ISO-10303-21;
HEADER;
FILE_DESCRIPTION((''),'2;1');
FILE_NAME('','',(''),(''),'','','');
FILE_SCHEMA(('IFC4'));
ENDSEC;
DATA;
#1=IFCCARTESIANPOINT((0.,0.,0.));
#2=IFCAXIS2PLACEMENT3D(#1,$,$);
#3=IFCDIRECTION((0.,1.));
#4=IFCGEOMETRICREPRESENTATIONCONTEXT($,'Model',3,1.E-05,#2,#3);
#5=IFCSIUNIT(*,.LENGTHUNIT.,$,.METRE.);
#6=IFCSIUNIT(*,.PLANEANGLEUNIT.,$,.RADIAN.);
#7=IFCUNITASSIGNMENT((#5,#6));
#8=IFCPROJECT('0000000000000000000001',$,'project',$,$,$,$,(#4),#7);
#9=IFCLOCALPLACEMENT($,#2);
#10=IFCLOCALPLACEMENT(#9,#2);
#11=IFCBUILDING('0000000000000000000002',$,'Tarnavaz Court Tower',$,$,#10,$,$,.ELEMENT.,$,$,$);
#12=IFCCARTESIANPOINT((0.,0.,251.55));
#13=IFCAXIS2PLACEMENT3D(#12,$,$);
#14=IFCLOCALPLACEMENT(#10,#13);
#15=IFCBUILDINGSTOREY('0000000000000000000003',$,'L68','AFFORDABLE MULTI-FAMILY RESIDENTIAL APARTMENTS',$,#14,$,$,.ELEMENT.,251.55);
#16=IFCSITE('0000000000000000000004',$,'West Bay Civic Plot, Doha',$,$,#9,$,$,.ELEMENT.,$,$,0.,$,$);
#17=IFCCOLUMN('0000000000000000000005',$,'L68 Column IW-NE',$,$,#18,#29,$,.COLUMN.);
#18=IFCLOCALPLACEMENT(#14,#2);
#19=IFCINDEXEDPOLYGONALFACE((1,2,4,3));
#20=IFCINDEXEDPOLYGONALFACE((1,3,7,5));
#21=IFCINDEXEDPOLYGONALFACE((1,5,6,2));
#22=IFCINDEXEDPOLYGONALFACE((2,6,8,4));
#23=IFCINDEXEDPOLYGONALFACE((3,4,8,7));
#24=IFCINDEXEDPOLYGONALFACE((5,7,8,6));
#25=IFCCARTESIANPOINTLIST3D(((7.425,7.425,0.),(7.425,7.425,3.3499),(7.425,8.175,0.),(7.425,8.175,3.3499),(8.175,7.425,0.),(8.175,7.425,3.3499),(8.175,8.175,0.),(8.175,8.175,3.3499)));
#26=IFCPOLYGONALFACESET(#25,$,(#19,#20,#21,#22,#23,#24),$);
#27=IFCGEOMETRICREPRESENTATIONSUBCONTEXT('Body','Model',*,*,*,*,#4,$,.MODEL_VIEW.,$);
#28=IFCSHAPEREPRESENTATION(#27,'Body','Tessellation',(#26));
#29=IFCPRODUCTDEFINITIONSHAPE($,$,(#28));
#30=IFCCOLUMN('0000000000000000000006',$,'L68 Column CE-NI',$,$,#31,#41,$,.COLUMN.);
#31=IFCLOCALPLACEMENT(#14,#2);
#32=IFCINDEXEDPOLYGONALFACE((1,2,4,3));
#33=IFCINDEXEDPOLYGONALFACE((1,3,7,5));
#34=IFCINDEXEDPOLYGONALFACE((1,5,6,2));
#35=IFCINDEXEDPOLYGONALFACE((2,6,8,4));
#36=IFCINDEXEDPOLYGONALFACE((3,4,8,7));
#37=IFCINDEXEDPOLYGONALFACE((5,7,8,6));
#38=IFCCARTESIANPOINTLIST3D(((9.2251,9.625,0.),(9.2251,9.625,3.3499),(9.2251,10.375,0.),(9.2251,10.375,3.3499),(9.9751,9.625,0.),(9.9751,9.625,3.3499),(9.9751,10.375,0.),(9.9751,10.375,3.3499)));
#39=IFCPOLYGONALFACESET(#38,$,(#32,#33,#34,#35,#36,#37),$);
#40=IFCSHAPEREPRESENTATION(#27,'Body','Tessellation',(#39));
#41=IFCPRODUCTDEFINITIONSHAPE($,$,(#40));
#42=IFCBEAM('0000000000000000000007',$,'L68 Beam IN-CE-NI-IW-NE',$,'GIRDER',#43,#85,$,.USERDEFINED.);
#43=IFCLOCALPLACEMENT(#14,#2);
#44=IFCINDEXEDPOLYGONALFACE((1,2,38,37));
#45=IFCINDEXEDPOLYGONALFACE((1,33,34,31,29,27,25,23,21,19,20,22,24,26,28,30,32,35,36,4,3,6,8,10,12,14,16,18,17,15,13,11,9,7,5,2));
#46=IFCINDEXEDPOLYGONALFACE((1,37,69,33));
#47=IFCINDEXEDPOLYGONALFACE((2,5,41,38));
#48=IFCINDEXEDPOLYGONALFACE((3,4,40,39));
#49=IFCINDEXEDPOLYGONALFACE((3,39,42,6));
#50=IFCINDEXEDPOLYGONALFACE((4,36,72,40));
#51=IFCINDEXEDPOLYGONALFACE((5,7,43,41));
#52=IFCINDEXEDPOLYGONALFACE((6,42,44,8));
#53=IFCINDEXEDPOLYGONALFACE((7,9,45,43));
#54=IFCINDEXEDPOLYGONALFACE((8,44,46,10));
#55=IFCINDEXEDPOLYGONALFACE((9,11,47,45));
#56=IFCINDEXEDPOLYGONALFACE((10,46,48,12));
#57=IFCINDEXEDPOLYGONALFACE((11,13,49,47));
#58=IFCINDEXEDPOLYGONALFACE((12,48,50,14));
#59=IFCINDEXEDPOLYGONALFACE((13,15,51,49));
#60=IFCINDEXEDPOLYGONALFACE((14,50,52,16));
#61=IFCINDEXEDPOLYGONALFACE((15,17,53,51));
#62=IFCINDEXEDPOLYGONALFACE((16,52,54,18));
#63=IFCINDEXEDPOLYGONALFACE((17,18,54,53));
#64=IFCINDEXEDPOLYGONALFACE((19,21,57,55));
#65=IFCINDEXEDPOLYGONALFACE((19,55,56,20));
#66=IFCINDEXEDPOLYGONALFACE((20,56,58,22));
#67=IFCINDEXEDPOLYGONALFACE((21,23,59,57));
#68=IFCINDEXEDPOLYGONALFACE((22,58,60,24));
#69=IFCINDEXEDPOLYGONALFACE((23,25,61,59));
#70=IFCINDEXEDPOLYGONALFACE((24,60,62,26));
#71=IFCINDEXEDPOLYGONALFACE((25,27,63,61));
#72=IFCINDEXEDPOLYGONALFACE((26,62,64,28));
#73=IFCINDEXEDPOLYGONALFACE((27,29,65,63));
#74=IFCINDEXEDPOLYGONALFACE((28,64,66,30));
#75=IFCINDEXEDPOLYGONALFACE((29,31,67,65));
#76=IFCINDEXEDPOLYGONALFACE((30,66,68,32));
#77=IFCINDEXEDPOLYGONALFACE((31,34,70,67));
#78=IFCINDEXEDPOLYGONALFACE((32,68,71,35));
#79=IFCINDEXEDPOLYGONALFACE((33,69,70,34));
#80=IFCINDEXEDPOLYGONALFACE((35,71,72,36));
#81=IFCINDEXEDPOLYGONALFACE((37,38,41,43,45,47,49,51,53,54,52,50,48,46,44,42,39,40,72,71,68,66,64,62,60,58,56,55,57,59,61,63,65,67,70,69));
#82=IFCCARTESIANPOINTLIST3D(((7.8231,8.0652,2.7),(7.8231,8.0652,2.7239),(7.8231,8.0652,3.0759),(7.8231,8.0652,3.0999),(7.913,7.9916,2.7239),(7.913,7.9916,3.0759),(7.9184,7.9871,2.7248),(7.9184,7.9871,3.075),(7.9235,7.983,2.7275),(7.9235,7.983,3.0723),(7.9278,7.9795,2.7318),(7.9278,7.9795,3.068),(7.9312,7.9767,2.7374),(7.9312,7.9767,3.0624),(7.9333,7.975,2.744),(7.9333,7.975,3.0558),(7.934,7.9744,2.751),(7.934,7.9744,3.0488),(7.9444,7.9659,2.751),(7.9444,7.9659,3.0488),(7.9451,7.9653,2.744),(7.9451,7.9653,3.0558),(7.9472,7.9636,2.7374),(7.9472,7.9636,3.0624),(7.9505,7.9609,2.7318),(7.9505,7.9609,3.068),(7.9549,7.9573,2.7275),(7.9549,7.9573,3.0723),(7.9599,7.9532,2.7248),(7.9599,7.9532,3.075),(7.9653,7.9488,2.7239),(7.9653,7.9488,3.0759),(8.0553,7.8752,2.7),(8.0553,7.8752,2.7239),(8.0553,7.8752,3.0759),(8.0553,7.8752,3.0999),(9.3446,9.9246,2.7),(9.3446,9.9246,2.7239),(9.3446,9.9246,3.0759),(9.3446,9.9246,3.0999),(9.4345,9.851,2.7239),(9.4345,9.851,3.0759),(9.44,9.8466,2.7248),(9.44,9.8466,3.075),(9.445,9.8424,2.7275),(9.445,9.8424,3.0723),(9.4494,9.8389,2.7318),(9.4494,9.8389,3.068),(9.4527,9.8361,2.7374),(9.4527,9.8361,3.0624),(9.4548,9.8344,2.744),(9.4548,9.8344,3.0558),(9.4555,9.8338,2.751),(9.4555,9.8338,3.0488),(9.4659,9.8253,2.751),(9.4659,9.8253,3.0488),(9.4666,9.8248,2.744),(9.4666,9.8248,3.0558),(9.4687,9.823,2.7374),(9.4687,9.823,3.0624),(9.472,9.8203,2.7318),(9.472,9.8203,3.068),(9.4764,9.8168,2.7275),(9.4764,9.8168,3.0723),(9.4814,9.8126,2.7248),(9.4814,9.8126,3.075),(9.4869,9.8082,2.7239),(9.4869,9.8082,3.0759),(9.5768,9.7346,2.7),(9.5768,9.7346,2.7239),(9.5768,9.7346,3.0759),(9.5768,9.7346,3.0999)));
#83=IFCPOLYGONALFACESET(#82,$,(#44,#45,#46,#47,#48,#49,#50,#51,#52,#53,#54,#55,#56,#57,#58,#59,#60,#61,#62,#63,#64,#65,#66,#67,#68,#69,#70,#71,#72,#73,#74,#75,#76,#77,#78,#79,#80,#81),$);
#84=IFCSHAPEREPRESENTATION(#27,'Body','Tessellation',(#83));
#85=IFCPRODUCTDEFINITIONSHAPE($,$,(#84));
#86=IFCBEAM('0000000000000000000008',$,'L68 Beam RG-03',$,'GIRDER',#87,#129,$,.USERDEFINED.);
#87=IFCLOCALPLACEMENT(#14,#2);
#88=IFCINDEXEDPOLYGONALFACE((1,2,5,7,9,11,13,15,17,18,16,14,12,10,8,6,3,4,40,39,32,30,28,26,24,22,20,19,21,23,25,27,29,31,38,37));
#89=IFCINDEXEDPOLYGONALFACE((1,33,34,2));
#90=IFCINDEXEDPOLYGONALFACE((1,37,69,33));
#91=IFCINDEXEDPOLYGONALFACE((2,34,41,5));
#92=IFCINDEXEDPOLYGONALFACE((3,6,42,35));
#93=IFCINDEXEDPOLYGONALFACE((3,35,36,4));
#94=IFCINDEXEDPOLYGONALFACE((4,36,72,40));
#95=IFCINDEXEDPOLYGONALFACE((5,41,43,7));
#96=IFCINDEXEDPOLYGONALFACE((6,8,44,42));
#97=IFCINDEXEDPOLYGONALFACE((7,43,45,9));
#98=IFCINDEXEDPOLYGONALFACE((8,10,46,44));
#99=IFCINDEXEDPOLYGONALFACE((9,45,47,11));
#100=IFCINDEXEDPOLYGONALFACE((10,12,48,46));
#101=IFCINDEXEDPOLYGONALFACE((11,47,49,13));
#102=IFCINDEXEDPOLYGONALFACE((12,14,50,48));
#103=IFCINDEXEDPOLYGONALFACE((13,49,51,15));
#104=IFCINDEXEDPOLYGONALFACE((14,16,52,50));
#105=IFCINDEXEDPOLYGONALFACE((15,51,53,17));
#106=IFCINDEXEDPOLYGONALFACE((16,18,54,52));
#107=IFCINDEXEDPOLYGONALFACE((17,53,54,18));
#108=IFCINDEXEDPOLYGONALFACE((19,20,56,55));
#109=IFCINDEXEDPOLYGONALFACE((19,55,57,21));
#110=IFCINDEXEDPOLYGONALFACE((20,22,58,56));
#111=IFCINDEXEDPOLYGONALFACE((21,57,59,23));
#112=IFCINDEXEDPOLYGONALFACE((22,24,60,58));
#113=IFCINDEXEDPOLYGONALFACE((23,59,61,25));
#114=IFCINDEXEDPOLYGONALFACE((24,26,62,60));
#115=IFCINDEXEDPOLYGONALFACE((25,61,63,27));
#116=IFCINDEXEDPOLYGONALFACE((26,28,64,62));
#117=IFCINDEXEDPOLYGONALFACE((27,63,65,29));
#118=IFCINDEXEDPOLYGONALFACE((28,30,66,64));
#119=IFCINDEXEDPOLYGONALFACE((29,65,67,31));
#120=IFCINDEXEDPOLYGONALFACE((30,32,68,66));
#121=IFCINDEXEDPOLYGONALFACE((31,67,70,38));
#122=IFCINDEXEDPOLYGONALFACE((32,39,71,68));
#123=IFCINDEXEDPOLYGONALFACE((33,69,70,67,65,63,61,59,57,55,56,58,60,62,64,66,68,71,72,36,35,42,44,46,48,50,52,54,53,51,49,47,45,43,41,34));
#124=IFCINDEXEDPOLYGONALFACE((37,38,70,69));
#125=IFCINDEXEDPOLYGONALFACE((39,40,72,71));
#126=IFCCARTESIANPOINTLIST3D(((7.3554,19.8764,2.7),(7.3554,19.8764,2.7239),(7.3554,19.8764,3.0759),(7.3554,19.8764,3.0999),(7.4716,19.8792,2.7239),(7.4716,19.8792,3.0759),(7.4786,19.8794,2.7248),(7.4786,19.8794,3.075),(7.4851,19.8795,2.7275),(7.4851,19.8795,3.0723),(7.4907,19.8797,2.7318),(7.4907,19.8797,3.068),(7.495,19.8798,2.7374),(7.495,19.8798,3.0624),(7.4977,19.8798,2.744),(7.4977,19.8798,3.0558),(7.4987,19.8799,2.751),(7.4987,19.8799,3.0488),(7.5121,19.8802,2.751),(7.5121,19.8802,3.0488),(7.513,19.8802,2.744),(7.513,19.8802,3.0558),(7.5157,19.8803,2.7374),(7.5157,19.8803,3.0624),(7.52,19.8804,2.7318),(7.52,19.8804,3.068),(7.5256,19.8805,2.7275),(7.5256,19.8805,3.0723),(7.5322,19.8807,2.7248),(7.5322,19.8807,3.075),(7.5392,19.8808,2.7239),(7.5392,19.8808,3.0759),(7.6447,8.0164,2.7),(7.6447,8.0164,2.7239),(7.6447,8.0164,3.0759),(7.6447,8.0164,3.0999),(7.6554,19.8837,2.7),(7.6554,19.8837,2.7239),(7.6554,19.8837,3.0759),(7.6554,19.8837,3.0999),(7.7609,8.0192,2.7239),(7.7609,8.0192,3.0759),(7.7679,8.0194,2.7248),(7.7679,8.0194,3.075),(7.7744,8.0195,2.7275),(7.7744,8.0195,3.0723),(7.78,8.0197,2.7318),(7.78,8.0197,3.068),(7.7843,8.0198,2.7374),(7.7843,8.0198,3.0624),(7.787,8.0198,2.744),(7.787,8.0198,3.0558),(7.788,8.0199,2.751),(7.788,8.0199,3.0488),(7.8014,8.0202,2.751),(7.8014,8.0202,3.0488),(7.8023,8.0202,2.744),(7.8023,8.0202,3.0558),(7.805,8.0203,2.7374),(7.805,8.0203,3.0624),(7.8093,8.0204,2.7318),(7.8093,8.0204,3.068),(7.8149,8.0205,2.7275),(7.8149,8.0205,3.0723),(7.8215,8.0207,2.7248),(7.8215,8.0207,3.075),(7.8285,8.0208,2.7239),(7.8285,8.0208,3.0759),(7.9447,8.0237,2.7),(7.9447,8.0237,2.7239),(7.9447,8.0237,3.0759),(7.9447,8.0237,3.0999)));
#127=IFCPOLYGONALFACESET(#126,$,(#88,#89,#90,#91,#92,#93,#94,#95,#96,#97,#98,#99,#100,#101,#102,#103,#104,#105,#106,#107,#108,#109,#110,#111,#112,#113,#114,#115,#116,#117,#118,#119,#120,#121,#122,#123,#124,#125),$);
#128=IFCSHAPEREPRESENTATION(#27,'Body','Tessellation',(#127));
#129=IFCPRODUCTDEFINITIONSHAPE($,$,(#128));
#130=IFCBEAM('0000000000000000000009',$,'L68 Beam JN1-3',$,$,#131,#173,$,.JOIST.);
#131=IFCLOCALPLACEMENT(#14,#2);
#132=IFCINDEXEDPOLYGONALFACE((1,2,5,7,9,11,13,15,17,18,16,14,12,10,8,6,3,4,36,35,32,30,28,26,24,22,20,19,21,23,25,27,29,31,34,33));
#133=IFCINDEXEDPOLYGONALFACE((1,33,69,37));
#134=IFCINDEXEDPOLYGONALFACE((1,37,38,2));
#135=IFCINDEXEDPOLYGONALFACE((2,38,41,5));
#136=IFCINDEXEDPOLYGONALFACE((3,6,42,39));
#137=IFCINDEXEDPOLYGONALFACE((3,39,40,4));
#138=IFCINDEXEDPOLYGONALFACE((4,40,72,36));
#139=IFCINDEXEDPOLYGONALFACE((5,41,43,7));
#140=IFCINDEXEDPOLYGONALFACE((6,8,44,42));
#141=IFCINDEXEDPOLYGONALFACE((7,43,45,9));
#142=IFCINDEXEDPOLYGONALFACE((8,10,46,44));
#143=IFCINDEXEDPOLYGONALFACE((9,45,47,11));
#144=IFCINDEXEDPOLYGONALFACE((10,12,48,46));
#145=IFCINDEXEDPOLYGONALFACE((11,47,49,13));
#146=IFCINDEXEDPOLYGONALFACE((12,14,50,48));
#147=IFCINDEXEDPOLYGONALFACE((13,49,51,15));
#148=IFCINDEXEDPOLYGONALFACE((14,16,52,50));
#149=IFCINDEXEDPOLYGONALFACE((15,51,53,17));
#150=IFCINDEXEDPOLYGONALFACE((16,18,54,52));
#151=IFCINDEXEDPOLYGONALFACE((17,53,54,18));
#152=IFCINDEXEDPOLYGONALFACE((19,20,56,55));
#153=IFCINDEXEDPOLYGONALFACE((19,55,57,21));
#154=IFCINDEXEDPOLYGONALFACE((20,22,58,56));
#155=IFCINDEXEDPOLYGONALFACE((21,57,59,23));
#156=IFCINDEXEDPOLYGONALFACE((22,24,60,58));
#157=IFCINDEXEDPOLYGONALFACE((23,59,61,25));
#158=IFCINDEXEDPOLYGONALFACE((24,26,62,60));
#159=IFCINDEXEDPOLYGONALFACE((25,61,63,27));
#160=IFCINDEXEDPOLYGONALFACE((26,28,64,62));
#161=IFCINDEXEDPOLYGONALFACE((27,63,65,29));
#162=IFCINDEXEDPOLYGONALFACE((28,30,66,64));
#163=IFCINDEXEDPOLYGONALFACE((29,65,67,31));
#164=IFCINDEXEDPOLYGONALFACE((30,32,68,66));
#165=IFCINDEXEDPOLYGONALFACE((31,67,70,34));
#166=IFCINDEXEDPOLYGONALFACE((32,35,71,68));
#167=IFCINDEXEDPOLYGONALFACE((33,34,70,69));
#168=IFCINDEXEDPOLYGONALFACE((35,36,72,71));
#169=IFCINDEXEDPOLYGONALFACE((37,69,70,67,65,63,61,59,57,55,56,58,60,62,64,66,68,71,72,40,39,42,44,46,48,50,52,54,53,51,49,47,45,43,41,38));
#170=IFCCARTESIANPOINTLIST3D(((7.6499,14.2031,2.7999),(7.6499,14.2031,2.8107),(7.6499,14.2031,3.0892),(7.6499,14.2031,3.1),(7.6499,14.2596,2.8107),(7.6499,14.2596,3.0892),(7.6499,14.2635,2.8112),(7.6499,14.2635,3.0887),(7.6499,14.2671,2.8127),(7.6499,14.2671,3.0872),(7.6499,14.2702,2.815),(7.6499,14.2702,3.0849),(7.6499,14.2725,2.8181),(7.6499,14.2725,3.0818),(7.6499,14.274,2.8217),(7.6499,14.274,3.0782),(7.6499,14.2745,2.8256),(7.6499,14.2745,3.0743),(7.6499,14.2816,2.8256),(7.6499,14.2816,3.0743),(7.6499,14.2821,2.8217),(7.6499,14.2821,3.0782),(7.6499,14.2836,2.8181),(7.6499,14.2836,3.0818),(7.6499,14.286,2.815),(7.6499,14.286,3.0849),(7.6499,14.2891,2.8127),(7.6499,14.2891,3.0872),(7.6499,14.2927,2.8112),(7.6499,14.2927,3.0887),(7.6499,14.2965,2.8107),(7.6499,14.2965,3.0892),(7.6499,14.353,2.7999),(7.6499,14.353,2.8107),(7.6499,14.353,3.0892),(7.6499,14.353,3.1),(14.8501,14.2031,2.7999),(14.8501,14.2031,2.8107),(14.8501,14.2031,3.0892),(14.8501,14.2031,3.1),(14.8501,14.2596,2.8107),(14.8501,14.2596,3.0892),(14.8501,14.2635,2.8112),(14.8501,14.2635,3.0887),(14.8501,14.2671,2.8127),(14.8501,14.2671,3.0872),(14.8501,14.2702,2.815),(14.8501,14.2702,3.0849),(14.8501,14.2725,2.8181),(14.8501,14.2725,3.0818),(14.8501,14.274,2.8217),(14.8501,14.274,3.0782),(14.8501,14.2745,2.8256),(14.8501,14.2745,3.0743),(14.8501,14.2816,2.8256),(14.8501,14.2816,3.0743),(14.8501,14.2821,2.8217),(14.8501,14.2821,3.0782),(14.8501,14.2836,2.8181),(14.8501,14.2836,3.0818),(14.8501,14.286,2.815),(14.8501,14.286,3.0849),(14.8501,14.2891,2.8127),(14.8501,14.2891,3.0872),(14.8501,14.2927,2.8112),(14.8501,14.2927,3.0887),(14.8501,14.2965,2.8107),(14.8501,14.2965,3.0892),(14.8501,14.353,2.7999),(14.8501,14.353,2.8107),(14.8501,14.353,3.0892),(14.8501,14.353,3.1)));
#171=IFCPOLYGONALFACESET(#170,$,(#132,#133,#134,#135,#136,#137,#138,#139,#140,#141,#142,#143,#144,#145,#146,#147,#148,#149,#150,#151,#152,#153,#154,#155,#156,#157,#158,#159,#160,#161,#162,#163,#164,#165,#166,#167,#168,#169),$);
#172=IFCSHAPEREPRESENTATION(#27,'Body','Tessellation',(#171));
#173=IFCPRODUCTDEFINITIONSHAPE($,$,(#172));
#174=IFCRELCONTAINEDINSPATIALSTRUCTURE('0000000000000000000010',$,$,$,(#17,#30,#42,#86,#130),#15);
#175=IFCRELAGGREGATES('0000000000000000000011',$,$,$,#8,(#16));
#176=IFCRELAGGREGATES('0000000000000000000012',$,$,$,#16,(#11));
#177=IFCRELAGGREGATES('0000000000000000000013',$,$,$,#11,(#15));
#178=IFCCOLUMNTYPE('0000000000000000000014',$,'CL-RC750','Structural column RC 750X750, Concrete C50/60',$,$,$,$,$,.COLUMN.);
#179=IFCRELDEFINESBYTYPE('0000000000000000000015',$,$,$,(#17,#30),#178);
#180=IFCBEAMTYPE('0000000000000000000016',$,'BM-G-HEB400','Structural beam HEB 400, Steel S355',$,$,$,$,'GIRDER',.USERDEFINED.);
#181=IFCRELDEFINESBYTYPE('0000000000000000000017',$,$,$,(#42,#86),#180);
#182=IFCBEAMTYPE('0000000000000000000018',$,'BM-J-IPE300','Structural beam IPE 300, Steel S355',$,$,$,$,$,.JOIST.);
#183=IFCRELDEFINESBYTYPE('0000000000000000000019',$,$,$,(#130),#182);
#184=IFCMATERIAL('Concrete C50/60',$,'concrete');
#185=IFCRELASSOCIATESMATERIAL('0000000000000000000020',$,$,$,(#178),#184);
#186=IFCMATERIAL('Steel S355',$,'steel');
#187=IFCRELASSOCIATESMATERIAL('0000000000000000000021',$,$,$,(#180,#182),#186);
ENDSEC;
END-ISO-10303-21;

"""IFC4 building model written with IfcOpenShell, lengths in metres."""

from ifc_helpers import new_model, si_unit, direction, frame, origin, origin_2d, place, context, subcontext, project, spatial, rectangle, i_section, extrude, material, material_profile, profile_set, type_object, element, save


model = new_model("IFC4")

# Units and contexts
model_context = context("Model", 3, precision=1e-05, world=origin(), true_north=direction((0.0, 1.0)))
body_context = subcontext(model_context, "Body", "Model", "MODEL_VIEW")
ifc_project = project(units=[si_unit("LENGTHUNIT", "METRE"), si_unit("PLANEANGLEUNIT", "RADIAN")], contexts=[model_context])

# Site, building, storey
site_placement = place(None, origin())
site = spatial("IfcSite", under=ifc_project, at=site_placement, Name="West Bay Civic Plot, Doha", CompositionType="ELEMENT", RefElevation=0.0)
building_placement = place(site_placement, origin())
building = spatial("IfcBuilding", under=site, at=building_placement, Name="Tarnavaz Court Tower", CompositionType="ELEMENT")
storey_placement = place(building_placement, frame((0.0, 0.0, 251.55)))
storey = spatial("IfcBuildingStorey", under=building, at=storey_placement, Name="L68", Description="AFFORDABLE MULTI-FAMILY RESIDENTIAL APARTMENTS", CompositionType="ELEMENT", Elevation=251.55)

# Columns
ifc_material_1 = material(Name="Concrete C50/60", Category="concrete")
ifc_material_profile_1 = material_profile(ifc_material_1, rectangle(XDim=0.75, YDim=0.75, at=origin_2d()), Name="RC 750X750")
ifc_profile_set_1 = profile_set([ifc_material_profile_1], Name="Concrete C50/60")
column_type = type_object("IfcColumnType", Name="CL-RC750", Description="Structural column RC 750X750, Concrete C50/60", PredefinedType="COLUMN", material=ifc_profile_set_1)
for number, where, z_axis, x_axis, name in (
    (1, (7.8, 7.8, 0.0), (0.0, 0.0, 1.0), (1.0, 0.0, 0.0), "L68 Column IW-NE"),
    (2, (9.6001, 10.0, 0.0), (0.0, 0.0, 1.0), (1.0, 0.0, 0.0), "L68 Column CE-NI"),
):
    element("IfcColumn", number, at=place(storey_placement, frame(where, z_axis=z_axis, x_axis=x_axis)), inside=storey, type_object=column_type, Name=name, PredefinedType="COLUMN", context=body_context, shape_type="SweptSolid", body=[
        extrude(rectangle(XDim=0.75, YDim=0.75, at=origin_2d()), origin(), (0.0, 0.0, 1.0), 3.3499),
    ])

# Beams
ifc_material_2 = material(Name="Steel S355", Category="steel")
ifc_material_profile_2 = material_profile(ifc_material_2, i_section(OverallWidth=0.3, OverallDepth=0.3999, WebThickness=0.0134, FlangeThickness=0.0239, FilletRadius=0.0271, at=origin_2d()), Name="HEB 400")
ifc_profile_set_2 = profile_set([ifc_material_profile_2], Name="Steel S355")
beam_type_1 = type_object("IfcBeamType", Name="BM-G-HEB400", Description="Structural beam HEB 400, Steel S355", ElementType="GIRDER", PredefinedType="USERDEFINED", material=ifc_profile_set_2)
beam_1_placement = place(storey_placement, frame((9.4607, 9.8296, 2.8999), z_axis=(-0.633282, -0.773921, 0.0), x_axis=(0.773921, -0.633282, 0.0)))
element("IfcBeam", 3, at=beam_1_placement, inside=storey, type_object=beam_type_1, Name="L68 Beam IN-CE-NI-IW-NE", ObjectType="GIRDER", PredefinedType="USERDEFINED", context=body_context, shape_type="SweptSolid", body=[
    extrude(i_section(OverallWidth=0.3, OverallDepth=0.3999, WebThickness=0.0134, FlangeThickness=0.0239, FilletRadius=0.0271, at=origin_2d()), origin(), (0.0, 0.0, 1.0), 2.4026),
])
beam_2_placement = place(storey_placement, frame((7.7947, 8.02, 2.8999), z_axis=(-0.024386, 0.999703, 0.0), x_axis=(-0.999703, -0.024386, 0.0)))
element("IfcBeam", 4, at=beam_2_placement, inside=storey, type_object=beam_type_1, Name="L68 Beam RG-03", ObjectType="GIRDER", PredefinedType="USERDEFINED", context=body_context, shape_type="SweptSolid", body=[
    extrude(i_section(OverallWidth=0.3, OverallDepth=0.3999, WebThickness=0.0134, FlangeThickness=0.0239, FilletRadius=0.0271, at=origin_2d()), origin(), (0.0, 0.0, 1.0), 11.8635),
])
ifc_material_profile_3 = material_profile(ifc_material_2, i_section(OverallWidth=0.1499, OverallDepth=0.3, WebThickness=0.0071, FlangeThickness=0.0107, FilletRadius=0.0149, at=origin_2d()), Name="IPE 300")
ifc_profile_set_3 = profile_set([ifc_material_profile_3], Name="Steel S355")
beam_type_2 = type_object("IfcBeamType", Name="BM-J-IPE300", Description="Structural beam IPE 300, Steel S355", PredefinedType="JOIST", material=ifc_profile_set_3)
for number, where, z_axis, x_axis, name in (
    (5, (7.6499, 14.2781, 2.95), (1.0, 0.0, 0.0), (0.0, 1.0, 0.0), "L68 Beam JN1-3"),
):
    element("IfcBeam", number, at=place(storey_placement, frame(where, z_axis=z_axis, x_axis=x_axis)), inside=storey, type_object=beam_type_2, Name=name, PredefinedType="JOIST", context=body_context, shape_type="SweptSolid", body=[
        extrude(i_section(OverallWidth=0.1499, OverallDepth=0.3, WebThickness=0.0071, FlangeThickness=0.0107, FilletRadius=0.0149, at=origin_2d()), origin(), (0.0, 0.0, 1.0), 7.2002),
    ])

save(model, "model.ifc")
